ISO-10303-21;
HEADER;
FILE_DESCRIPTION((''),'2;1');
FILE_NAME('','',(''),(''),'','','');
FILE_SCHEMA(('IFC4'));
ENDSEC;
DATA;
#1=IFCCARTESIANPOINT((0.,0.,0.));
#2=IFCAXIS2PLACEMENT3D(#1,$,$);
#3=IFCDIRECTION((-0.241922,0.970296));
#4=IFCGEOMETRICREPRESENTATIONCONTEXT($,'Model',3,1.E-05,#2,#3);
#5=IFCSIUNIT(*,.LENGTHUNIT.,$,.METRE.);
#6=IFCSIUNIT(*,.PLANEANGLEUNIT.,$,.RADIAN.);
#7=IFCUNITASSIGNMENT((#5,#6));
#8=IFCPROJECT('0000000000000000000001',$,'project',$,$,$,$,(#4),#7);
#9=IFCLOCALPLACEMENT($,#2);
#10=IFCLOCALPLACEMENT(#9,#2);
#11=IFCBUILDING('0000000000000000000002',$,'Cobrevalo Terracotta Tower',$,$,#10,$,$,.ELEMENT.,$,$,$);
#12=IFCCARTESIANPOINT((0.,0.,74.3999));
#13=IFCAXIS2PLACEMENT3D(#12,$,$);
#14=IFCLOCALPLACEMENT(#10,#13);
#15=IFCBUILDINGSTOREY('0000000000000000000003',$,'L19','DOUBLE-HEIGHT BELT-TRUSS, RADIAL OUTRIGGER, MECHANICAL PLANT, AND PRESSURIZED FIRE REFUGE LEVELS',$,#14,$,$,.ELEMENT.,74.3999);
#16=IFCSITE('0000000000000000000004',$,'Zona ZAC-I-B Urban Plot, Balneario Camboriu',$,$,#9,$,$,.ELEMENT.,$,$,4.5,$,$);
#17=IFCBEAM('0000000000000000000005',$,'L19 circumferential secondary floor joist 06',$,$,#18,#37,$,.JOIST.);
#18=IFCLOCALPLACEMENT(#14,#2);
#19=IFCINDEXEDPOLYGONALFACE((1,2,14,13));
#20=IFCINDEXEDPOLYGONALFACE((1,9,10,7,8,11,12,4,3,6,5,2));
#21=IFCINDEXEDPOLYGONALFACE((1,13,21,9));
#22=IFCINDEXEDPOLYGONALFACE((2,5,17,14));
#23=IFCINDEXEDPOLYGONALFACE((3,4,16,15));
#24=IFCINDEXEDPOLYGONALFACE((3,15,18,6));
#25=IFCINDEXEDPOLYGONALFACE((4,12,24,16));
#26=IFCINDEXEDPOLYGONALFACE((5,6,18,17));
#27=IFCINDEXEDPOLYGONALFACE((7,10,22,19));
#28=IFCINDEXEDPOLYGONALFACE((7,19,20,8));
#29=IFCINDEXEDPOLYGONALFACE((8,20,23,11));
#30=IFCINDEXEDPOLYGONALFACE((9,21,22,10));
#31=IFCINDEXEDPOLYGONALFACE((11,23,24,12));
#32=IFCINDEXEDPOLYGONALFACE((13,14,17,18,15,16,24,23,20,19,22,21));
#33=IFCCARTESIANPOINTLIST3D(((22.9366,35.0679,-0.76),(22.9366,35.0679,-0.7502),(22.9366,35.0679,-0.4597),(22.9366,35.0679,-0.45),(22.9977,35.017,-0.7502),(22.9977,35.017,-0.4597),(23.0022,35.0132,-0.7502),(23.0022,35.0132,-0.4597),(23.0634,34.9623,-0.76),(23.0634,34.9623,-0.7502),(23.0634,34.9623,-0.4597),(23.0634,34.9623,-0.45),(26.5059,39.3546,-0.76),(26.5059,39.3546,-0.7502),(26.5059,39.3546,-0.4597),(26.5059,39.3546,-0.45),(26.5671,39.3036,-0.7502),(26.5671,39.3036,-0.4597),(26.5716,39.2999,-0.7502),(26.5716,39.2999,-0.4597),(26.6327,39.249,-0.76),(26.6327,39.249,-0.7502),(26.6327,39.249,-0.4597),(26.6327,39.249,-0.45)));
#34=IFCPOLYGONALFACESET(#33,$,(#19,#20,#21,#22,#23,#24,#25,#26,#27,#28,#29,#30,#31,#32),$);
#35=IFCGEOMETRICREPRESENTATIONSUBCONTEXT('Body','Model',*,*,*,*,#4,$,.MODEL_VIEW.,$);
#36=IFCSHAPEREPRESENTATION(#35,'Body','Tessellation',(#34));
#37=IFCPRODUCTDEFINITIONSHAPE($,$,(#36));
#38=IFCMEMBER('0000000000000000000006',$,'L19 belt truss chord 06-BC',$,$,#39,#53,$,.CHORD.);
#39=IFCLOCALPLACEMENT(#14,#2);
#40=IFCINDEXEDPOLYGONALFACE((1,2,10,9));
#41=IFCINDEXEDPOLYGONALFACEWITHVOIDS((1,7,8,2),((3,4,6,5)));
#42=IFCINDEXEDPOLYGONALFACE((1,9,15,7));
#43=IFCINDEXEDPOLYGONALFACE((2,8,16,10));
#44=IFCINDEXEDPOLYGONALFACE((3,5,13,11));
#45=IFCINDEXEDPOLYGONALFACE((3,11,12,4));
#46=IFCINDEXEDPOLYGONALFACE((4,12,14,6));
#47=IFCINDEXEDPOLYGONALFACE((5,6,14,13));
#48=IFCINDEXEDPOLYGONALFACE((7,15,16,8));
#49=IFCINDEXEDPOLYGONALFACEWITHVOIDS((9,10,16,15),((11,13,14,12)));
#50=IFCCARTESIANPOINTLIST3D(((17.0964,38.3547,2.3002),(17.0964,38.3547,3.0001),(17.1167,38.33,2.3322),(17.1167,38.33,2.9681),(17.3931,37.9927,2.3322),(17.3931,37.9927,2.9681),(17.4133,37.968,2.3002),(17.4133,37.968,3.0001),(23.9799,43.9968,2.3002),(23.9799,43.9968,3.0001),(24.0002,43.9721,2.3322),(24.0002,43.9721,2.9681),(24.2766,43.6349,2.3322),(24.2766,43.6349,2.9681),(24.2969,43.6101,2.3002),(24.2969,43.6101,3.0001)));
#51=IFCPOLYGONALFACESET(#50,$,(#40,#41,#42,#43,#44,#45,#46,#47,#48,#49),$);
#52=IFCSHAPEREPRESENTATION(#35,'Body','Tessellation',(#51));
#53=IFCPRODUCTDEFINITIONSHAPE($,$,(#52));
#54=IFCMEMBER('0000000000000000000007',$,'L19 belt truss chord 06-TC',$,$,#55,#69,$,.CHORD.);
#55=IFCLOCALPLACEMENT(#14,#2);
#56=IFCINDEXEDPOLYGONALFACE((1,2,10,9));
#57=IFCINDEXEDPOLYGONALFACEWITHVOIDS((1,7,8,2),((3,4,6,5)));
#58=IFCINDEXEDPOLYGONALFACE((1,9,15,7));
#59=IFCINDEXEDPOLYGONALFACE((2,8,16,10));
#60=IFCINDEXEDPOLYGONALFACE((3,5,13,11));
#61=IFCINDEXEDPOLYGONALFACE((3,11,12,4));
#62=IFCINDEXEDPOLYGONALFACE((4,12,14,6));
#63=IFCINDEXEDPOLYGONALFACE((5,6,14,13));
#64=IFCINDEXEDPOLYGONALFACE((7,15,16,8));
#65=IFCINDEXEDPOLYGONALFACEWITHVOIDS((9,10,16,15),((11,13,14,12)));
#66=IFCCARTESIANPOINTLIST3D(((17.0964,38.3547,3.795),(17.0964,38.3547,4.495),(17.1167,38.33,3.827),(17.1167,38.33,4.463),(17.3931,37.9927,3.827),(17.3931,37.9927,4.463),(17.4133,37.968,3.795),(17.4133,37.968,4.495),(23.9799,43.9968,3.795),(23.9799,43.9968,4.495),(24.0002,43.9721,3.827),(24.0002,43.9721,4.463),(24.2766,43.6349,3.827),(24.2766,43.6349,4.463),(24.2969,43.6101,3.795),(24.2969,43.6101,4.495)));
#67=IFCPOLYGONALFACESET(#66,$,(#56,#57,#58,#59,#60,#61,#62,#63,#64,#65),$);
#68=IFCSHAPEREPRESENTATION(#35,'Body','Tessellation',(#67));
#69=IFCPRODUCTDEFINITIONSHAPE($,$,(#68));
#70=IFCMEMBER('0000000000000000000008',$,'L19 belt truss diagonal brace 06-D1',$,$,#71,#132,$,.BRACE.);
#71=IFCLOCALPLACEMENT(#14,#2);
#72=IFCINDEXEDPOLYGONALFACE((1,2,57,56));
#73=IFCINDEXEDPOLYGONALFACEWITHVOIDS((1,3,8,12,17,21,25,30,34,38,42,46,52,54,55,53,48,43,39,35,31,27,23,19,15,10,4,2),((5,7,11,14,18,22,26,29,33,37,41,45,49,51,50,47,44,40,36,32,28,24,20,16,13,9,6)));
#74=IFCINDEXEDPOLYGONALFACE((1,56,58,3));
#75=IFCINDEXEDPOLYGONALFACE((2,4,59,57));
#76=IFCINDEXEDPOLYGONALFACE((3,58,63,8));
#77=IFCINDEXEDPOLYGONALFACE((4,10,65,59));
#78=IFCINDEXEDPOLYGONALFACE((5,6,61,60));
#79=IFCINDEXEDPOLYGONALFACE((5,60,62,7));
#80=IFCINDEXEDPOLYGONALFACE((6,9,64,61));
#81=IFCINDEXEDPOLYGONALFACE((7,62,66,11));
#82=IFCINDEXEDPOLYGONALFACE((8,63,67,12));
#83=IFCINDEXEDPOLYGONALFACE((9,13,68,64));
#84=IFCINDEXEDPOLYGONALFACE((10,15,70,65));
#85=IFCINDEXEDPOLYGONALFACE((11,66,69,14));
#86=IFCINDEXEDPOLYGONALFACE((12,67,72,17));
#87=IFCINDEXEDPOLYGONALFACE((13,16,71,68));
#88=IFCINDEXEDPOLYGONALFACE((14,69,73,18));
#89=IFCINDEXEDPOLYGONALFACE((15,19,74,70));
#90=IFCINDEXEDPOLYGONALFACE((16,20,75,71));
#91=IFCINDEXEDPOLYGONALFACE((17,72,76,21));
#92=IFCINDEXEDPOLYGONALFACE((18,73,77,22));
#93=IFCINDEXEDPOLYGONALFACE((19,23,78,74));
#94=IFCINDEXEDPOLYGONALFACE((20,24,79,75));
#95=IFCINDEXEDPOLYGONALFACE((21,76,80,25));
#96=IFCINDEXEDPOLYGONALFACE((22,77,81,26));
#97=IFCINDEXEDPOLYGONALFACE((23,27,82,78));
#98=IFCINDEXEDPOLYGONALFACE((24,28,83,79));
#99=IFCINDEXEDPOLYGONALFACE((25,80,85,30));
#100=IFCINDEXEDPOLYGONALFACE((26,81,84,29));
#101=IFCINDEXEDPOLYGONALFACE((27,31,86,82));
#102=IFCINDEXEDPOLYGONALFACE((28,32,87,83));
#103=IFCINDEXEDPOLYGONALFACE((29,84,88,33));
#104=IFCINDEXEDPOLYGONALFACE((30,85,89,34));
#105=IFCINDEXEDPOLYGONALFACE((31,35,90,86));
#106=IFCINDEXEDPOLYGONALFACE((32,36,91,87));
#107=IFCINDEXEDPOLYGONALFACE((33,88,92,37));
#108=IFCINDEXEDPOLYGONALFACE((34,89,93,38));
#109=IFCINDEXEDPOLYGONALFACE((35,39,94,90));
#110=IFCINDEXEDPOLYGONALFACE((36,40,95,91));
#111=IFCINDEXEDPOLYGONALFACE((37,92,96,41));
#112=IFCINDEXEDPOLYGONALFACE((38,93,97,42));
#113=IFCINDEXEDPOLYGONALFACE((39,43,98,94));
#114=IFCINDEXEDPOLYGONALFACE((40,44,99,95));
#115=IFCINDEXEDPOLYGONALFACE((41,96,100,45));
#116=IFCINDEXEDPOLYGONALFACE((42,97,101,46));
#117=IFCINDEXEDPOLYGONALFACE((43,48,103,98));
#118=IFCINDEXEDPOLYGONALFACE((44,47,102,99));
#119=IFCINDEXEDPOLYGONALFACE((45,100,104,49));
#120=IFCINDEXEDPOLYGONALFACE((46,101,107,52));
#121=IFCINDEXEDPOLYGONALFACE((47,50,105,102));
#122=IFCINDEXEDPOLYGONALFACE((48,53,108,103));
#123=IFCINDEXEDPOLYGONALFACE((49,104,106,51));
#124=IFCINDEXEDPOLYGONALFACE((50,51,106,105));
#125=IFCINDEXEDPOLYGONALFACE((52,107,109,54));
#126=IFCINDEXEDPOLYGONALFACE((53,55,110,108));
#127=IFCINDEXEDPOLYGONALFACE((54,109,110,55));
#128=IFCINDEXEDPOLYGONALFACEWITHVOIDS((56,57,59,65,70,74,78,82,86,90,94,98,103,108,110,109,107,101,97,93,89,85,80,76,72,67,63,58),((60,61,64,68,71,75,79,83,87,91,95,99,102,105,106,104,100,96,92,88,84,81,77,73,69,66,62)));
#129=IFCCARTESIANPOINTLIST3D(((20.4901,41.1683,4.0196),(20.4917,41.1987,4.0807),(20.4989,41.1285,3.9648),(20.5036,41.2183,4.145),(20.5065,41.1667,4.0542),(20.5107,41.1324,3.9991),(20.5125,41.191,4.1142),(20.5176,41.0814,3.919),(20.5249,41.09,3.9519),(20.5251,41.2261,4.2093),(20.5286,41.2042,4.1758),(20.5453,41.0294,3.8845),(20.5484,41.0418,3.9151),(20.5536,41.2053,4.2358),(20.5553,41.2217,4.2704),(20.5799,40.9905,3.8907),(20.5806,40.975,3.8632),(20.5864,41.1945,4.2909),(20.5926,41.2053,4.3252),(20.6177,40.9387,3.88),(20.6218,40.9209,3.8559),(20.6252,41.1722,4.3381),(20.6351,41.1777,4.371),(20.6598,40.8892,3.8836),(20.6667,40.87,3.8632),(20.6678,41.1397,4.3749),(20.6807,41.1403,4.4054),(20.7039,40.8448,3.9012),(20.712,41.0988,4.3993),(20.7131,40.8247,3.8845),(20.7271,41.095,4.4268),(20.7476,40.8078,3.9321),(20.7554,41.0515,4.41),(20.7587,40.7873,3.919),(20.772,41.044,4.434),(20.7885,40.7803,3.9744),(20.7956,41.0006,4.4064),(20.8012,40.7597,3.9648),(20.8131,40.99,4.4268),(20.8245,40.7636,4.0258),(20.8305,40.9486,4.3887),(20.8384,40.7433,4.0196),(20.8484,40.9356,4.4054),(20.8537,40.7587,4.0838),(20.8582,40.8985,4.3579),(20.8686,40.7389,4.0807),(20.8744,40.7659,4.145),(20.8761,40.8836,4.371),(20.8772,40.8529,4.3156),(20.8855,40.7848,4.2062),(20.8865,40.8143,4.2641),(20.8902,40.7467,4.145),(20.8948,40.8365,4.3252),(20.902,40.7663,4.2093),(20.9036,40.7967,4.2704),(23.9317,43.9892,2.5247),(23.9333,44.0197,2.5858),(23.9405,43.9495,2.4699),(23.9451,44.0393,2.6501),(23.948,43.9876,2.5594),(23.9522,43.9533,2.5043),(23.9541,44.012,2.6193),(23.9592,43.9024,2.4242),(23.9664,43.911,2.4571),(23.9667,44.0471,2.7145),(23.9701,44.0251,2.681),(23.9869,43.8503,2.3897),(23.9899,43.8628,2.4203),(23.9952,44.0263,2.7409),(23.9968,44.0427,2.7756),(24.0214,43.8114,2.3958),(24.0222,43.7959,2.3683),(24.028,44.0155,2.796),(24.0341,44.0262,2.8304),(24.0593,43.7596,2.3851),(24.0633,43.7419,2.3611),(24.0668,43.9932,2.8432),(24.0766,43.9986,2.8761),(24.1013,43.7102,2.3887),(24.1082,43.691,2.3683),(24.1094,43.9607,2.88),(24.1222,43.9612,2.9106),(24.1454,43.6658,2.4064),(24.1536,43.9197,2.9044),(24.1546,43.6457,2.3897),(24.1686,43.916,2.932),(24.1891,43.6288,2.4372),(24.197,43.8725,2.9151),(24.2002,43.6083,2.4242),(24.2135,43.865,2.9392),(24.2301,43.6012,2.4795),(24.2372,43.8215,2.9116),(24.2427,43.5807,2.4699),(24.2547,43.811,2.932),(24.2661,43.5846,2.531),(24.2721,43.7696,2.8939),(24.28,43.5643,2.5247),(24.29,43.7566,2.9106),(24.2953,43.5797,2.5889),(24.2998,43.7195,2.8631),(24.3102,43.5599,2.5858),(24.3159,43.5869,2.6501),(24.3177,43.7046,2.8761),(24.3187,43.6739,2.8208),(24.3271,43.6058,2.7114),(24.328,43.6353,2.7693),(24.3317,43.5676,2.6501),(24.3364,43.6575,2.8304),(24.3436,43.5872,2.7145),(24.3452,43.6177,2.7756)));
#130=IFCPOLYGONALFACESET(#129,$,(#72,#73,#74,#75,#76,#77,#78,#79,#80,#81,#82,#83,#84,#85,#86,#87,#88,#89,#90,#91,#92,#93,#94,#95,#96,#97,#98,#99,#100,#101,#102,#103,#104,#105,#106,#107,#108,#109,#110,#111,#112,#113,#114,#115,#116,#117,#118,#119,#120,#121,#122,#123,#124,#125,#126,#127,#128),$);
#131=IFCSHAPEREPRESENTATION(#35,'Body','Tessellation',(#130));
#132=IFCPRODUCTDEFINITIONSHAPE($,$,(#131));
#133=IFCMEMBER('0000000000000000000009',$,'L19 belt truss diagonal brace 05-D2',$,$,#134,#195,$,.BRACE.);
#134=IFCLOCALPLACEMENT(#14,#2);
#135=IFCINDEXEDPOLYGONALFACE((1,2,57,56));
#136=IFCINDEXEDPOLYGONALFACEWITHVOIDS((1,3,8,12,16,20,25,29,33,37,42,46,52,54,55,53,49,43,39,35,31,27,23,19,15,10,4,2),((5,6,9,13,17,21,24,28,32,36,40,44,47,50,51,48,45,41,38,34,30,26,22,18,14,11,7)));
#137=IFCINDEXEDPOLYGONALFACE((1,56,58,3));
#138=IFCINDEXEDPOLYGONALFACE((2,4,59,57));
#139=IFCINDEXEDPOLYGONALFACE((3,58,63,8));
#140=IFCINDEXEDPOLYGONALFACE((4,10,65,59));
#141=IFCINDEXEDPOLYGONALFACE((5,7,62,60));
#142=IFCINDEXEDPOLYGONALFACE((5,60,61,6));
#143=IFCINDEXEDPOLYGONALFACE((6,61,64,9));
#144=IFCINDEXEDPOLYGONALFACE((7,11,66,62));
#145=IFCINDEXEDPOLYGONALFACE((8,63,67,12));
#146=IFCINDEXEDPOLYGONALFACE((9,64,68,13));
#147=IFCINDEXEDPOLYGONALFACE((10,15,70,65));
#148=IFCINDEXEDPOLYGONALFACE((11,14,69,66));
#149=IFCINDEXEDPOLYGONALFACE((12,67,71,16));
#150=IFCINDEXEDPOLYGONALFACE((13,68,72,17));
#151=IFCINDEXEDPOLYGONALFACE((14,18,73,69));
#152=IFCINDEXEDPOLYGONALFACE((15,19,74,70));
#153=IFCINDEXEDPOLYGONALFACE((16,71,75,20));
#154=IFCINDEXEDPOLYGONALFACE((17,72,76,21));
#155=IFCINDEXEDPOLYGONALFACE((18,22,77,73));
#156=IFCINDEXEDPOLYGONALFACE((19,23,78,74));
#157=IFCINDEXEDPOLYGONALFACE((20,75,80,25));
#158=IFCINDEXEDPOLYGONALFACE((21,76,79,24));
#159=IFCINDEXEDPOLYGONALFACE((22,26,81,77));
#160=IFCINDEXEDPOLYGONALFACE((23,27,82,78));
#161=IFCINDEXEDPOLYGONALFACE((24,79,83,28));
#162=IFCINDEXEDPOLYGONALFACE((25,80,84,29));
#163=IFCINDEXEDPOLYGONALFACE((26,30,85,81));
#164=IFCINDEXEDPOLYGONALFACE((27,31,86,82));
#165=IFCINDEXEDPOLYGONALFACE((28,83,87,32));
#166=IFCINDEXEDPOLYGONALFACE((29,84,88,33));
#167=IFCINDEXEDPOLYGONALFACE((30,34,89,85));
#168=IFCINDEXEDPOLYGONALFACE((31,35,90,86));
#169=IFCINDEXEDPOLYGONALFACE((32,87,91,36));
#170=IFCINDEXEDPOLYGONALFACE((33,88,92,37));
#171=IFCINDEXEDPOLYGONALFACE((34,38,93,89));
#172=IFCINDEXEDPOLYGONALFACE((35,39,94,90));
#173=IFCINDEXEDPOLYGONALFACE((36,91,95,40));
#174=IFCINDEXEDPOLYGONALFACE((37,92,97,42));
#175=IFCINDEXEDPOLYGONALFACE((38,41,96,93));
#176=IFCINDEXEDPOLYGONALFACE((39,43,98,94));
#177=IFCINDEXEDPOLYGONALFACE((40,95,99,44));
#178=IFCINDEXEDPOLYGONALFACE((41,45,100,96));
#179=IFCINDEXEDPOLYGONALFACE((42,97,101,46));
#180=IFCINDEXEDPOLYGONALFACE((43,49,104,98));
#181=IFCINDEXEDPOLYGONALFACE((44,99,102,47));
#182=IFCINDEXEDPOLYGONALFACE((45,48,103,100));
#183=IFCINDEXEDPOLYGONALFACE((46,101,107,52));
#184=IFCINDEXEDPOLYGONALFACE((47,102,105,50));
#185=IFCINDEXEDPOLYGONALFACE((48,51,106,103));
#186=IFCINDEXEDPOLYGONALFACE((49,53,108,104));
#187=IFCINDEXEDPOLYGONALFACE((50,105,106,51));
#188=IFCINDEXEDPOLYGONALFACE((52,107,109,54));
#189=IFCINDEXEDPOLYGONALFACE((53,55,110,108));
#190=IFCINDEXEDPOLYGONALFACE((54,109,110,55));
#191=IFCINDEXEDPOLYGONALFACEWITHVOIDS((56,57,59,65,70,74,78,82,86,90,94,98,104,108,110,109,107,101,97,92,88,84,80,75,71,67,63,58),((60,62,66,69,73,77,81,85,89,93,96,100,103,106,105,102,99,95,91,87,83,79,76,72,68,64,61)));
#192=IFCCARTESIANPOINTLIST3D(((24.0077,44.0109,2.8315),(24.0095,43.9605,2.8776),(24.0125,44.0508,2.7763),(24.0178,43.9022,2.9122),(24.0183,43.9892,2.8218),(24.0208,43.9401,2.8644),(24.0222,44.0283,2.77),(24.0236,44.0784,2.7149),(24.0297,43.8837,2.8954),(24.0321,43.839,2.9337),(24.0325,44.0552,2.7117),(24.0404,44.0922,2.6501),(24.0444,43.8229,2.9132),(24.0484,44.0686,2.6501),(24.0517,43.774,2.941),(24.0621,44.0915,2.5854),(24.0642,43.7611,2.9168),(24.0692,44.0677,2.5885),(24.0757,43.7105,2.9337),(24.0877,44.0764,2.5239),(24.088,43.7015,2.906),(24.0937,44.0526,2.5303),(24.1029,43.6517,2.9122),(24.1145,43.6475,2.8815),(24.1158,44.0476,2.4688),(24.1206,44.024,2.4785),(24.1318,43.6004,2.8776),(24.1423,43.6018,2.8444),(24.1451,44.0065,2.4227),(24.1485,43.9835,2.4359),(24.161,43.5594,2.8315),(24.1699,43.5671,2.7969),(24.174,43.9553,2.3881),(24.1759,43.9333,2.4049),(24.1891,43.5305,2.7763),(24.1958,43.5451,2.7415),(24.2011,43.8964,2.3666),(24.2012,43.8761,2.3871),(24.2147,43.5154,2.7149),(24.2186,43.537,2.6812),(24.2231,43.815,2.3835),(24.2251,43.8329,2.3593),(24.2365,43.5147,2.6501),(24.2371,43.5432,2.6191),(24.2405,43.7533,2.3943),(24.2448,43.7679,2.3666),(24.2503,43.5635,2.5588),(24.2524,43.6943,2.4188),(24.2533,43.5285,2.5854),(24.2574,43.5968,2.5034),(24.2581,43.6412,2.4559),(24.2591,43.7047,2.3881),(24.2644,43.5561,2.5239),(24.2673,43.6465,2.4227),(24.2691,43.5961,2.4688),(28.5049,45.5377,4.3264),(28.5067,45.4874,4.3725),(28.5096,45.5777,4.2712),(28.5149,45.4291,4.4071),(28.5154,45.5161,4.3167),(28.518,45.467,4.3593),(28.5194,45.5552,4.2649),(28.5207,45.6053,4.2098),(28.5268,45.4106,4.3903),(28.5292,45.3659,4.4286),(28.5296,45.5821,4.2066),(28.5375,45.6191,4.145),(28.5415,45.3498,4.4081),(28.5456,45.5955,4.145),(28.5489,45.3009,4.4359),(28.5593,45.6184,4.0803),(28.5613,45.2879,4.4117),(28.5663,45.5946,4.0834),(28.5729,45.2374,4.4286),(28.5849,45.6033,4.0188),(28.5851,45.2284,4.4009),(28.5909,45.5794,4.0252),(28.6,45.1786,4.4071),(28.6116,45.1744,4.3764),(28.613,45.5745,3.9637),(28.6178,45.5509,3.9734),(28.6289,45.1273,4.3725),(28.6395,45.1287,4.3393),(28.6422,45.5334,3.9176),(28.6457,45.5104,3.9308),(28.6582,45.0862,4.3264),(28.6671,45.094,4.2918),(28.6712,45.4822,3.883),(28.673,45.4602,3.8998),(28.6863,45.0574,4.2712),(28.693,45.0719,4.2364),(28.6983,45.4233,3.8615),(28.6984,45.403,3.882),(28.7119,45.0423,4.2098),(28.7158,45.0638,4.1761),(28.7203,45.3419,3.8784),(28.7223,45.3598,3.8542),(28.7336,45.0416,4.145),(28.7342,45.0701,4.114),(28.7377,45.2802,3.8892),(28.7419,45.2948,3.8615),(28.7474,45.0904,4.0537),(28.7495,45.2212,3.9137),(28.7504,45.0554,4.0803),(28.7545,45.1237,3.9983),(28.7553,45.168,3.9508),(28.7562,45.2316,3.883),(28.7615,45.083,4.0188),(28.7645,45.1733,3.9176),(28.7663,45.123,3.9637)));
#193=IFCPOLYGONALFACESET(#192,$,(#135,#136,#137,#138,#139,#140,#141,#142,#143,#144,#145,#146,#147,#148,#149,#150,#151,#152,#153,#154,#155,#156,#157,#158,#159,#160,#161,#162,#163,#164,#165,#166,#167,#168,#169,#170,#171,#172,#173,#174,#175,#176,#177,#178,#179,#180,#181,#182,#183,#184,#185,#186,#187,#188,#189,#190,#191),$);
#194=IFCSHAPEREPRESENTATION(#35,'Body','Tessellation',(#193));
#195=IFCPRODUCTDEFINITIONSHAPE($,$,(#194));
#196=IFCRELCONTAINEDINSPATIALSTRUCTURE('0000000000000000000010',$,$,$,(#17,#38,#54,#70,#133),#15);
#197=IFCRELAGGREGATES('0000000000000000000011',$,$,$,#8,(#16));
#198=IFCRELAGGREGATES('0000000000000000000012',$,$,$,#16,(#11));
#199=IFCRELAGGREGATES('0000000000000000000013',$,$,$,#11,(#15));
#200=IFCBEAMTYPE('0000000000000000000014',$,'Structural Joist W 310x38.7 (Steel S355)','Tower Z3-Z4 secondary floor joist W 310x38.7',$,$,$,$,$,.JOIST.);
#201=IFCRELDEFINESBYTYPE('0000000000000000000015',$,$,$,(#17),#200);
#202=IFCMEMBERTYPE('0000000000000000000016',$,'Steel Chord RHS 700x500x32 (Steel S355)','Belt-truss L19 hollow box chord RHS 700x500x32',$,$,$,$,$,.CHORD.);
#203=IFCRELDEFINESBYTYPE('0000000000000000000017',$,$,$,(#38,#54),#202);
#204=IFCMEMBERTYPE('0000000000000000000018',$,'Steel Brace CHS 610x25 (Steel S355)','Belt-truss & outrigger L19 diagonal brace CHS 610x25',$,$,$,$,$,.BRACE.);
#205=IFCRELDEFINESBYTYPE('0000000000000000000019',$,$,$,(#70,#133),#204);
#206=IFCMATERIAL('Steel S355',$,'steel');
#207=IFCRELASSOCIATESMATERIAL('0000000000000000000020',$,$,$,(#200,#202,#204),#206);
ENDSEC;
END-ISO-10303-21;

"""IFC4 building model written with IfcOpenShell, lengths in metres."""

from ifc_helpers import new_model, si_unit, direction, frame, origin, origin_2d, place, context, subcontext, project, spatial, hollow_rectangle, hollow_circle, i_section, extrude, source, transform, mapped, material, material_profile, profile_set, type_object, element, save


model = new_model("IFC4")

# Units and contexts
model_context = context("Model", 3, precision=1e-05, world=origin(), true_north=direction((-0.241922, 0.970296)))
body_context = subcontext(model_context, "Body", "Model", "MODEL_VIEW")
ifc_project = project(units=[si_unit("LENGTHUNIT", "METRE"), si_unit("PLANEANGLEUNIT", "RADIAN")], contexts=[model_context])

# Site, building, storey
site_placement = place(None, origin())
site = spatial("IfcSite", under=ifc_project, at=site_placement, Name="Zona ZAC-I-B Urban Plot, Balneario Camboriu", CompositionType="ELEMENT", RefElevation=4.5)
building_placement = place(site_placement, origin())
building = spatial("IfcBuilding", under=site, at=building_placement, Name="Cobrevalo Terracotta Tower", CompositionType="ELEMENT")
storey_placement = place(building_placement, frame((0.0, 0.0, 74.3999)))
storey = spatial("IfcBuildingStorey", under=building, at=storey_placement, Name="L19", Description="DOUBLE-HEIGHT BELT-TRUSS, RADIAL OUTRIGGER, MECHANICAL PLANT, AND PRESSURIZED FIRE REFUGE LEVELS", CompositionType="ELEMENT", Elevation=74.3999)

# Shared definitions
ifc_material_1 = material(Name="Steel S355", Category="steel")

# Beam
ifc_material_profile_1 = material_profile(ifc_material_1, i_section(OverallWidth=0.165, OverallDepth=0.3101, WebThickness=0.0059, FlangeThickness=0.0098, at=origin_2d()), Name="W 310x38.7")
ifc_profile_set_1 = profile_set([ifc_material_profile_1], Name="Steel S355")
beam_type_1 = type_object("IfcBeamType", Name="Structural Joist W 310x38.7 (Steel S355)", Description="Tower Z3-Z4 secondary floor joist W 310x38.7", PredefinedType="JOIST", material=ifc_profile_set_1)
beam_1_placement = place(storey_placement, frame((26.5693, 39.3018, -0.605), z_axis=(-0.639883, -0.768472, 0.0), x_axis=(0.768472, -0.639883, 0.0)))
element("IfcBeam", 1, at=beam_1_placement, inside=storey, type_object=beam_type_1, Name="L19 circumferential secondary floor joist 06", PredefinedType="JOIST", context=body_context, shape_type="SweptSolid", body=[
    extrude(i_section(OverallWidth=0.165, OverallDepth=0.3101, WebThickness=0.0059, FlangeThickness=0.0098, at=origin_2d()), origin(), (0.0, 0.0, 1.0), 5.5781),
])

# Members
ifc_material_profile_2 = material_profile(ifc_material_1, hollow_rectangle(XDim=0.5, YDim=0.7, WallThickness=0.032, at=origin_2d()), Name="RHS 700x500x32")
ifc_profile_set_2 = profile_set([ifc_material_profile_2], Name="Steel S355")
member_type_1 = type_object("IfcMemberType", Name="Steel Chord RHS 700x500x32 (Steel S355)", Description="Belt-truss L19 hollow box chord RHS 700x500x32", PredefinedType="CHORD", material=ifc_profile_set_2)
shared_shape_1 = source(origin(), body_context, "Body", "SweptSolid", [
    extrude(hollow_rectangle(XDim=0.5, YDim=0.7, WallThickness=0.032, at=origin_2d()), origin(), (0.0, 0.0, 1.0), 8.9004),
])
for number, where, z_axis, x_axis, name in (
    (2, (24.1384, 43.8035, 2.6501), (-0.773401, -0.633917, 0.0), (0.633917, -0.773401, 0.0), "L19 belt truss chord 06-BC"),
    (3, (24.1384, 43.8035, 4.145), (-0.773401, -0.633917, 0.0), (0.633917, -0.773401, 0.0), "L19 belt truss chord 06-TC"),
):
    element("IfcMember", number, at=place(storey_placement, frame(where, z_axis=z_axis, x_axis=x_axis)), inside=storey, type_object=member_type_1, Name=name, PredefinedType="CHORD", context=body_context, shape_type="MappedRepresentation", body=[
        mapped(shared_shape_1, transform((0.0, 0.0, 0.0), scale=1.0)),
    ])
ifc_material_profile_3 = material_profile(ifc_material_1, hollow_circle(Radius=0.3049, WallThickness=0.0249, at=origin_2d()), Name="CHS 610x25")
ifc_profile_set_3 = profile_set([ifc_material_profile_3], Name="Steel S355")
member_type_2 = type_object("IfcMemberType", Name="Steel Brace CHS 610x25 (Steel S355)", Description="Belt-truss & outrigger L19 diagonal brace CHS 610x25", PredefinedType="BRACE", material=ifc_profile_set_3)
shared_shape_2 = source(origin(), body_context, "Body", "SweptSolid", [
    extrude(hollow_circle(Radius=0.3049, WallThickness=0.0249, at=origin_2d()), origin(), (0.0, 0.0, 1.0), 4.6943),
])
member_1_placement = place(storey_placement, frame((24.1384, 43.8035, 2.6501), z_axis=(-0.733131, -0.600931, 0.318434), x_axis=(0.633931, -0.77339, 0.0)))
element("IfcMember", 4, at=member_1_placement, inside=storey, type_object=member_type_2, Name="L19 belt truss diagonal brace 06-D1", PredefinedType="BRACE", context=body_context, shape_type="MappedRepresentation", body=[
    mapped(shared_shape_2, transform((0.0, 0.0, 0.0), scale=1.0)),
])
shared_shape_3 = source(origin(), body_context, "Body", "SweptSolid", [
    extrude(hollow_circle(Radius=0.3049, WallThickness=0.0249, at=origin_2d()), origin(), (0.0, 0.0, 1.0), 4.979),
])
member_2_placement = place(storey_placement, frame((24.1384, 43.8035, 2.6501), z_axis=(0.903223, 0.306664, 0.300241), x_axis=(-0.321497, 0.946911, 0.0)))
element("IfcMember", 5, at=member_2_placement, inside=storey, type_object=member_type_2, Name="L19 belt truss diagonal brace 05-D2", PredefinedType="BRACE", context=body_context, shape_type="MappedRepresentation", body=[
    mapped(shared_shape_3, transform((0.0, 0.0, 0.0), scale=1.0)),
])

save(model, "model.ifc")
